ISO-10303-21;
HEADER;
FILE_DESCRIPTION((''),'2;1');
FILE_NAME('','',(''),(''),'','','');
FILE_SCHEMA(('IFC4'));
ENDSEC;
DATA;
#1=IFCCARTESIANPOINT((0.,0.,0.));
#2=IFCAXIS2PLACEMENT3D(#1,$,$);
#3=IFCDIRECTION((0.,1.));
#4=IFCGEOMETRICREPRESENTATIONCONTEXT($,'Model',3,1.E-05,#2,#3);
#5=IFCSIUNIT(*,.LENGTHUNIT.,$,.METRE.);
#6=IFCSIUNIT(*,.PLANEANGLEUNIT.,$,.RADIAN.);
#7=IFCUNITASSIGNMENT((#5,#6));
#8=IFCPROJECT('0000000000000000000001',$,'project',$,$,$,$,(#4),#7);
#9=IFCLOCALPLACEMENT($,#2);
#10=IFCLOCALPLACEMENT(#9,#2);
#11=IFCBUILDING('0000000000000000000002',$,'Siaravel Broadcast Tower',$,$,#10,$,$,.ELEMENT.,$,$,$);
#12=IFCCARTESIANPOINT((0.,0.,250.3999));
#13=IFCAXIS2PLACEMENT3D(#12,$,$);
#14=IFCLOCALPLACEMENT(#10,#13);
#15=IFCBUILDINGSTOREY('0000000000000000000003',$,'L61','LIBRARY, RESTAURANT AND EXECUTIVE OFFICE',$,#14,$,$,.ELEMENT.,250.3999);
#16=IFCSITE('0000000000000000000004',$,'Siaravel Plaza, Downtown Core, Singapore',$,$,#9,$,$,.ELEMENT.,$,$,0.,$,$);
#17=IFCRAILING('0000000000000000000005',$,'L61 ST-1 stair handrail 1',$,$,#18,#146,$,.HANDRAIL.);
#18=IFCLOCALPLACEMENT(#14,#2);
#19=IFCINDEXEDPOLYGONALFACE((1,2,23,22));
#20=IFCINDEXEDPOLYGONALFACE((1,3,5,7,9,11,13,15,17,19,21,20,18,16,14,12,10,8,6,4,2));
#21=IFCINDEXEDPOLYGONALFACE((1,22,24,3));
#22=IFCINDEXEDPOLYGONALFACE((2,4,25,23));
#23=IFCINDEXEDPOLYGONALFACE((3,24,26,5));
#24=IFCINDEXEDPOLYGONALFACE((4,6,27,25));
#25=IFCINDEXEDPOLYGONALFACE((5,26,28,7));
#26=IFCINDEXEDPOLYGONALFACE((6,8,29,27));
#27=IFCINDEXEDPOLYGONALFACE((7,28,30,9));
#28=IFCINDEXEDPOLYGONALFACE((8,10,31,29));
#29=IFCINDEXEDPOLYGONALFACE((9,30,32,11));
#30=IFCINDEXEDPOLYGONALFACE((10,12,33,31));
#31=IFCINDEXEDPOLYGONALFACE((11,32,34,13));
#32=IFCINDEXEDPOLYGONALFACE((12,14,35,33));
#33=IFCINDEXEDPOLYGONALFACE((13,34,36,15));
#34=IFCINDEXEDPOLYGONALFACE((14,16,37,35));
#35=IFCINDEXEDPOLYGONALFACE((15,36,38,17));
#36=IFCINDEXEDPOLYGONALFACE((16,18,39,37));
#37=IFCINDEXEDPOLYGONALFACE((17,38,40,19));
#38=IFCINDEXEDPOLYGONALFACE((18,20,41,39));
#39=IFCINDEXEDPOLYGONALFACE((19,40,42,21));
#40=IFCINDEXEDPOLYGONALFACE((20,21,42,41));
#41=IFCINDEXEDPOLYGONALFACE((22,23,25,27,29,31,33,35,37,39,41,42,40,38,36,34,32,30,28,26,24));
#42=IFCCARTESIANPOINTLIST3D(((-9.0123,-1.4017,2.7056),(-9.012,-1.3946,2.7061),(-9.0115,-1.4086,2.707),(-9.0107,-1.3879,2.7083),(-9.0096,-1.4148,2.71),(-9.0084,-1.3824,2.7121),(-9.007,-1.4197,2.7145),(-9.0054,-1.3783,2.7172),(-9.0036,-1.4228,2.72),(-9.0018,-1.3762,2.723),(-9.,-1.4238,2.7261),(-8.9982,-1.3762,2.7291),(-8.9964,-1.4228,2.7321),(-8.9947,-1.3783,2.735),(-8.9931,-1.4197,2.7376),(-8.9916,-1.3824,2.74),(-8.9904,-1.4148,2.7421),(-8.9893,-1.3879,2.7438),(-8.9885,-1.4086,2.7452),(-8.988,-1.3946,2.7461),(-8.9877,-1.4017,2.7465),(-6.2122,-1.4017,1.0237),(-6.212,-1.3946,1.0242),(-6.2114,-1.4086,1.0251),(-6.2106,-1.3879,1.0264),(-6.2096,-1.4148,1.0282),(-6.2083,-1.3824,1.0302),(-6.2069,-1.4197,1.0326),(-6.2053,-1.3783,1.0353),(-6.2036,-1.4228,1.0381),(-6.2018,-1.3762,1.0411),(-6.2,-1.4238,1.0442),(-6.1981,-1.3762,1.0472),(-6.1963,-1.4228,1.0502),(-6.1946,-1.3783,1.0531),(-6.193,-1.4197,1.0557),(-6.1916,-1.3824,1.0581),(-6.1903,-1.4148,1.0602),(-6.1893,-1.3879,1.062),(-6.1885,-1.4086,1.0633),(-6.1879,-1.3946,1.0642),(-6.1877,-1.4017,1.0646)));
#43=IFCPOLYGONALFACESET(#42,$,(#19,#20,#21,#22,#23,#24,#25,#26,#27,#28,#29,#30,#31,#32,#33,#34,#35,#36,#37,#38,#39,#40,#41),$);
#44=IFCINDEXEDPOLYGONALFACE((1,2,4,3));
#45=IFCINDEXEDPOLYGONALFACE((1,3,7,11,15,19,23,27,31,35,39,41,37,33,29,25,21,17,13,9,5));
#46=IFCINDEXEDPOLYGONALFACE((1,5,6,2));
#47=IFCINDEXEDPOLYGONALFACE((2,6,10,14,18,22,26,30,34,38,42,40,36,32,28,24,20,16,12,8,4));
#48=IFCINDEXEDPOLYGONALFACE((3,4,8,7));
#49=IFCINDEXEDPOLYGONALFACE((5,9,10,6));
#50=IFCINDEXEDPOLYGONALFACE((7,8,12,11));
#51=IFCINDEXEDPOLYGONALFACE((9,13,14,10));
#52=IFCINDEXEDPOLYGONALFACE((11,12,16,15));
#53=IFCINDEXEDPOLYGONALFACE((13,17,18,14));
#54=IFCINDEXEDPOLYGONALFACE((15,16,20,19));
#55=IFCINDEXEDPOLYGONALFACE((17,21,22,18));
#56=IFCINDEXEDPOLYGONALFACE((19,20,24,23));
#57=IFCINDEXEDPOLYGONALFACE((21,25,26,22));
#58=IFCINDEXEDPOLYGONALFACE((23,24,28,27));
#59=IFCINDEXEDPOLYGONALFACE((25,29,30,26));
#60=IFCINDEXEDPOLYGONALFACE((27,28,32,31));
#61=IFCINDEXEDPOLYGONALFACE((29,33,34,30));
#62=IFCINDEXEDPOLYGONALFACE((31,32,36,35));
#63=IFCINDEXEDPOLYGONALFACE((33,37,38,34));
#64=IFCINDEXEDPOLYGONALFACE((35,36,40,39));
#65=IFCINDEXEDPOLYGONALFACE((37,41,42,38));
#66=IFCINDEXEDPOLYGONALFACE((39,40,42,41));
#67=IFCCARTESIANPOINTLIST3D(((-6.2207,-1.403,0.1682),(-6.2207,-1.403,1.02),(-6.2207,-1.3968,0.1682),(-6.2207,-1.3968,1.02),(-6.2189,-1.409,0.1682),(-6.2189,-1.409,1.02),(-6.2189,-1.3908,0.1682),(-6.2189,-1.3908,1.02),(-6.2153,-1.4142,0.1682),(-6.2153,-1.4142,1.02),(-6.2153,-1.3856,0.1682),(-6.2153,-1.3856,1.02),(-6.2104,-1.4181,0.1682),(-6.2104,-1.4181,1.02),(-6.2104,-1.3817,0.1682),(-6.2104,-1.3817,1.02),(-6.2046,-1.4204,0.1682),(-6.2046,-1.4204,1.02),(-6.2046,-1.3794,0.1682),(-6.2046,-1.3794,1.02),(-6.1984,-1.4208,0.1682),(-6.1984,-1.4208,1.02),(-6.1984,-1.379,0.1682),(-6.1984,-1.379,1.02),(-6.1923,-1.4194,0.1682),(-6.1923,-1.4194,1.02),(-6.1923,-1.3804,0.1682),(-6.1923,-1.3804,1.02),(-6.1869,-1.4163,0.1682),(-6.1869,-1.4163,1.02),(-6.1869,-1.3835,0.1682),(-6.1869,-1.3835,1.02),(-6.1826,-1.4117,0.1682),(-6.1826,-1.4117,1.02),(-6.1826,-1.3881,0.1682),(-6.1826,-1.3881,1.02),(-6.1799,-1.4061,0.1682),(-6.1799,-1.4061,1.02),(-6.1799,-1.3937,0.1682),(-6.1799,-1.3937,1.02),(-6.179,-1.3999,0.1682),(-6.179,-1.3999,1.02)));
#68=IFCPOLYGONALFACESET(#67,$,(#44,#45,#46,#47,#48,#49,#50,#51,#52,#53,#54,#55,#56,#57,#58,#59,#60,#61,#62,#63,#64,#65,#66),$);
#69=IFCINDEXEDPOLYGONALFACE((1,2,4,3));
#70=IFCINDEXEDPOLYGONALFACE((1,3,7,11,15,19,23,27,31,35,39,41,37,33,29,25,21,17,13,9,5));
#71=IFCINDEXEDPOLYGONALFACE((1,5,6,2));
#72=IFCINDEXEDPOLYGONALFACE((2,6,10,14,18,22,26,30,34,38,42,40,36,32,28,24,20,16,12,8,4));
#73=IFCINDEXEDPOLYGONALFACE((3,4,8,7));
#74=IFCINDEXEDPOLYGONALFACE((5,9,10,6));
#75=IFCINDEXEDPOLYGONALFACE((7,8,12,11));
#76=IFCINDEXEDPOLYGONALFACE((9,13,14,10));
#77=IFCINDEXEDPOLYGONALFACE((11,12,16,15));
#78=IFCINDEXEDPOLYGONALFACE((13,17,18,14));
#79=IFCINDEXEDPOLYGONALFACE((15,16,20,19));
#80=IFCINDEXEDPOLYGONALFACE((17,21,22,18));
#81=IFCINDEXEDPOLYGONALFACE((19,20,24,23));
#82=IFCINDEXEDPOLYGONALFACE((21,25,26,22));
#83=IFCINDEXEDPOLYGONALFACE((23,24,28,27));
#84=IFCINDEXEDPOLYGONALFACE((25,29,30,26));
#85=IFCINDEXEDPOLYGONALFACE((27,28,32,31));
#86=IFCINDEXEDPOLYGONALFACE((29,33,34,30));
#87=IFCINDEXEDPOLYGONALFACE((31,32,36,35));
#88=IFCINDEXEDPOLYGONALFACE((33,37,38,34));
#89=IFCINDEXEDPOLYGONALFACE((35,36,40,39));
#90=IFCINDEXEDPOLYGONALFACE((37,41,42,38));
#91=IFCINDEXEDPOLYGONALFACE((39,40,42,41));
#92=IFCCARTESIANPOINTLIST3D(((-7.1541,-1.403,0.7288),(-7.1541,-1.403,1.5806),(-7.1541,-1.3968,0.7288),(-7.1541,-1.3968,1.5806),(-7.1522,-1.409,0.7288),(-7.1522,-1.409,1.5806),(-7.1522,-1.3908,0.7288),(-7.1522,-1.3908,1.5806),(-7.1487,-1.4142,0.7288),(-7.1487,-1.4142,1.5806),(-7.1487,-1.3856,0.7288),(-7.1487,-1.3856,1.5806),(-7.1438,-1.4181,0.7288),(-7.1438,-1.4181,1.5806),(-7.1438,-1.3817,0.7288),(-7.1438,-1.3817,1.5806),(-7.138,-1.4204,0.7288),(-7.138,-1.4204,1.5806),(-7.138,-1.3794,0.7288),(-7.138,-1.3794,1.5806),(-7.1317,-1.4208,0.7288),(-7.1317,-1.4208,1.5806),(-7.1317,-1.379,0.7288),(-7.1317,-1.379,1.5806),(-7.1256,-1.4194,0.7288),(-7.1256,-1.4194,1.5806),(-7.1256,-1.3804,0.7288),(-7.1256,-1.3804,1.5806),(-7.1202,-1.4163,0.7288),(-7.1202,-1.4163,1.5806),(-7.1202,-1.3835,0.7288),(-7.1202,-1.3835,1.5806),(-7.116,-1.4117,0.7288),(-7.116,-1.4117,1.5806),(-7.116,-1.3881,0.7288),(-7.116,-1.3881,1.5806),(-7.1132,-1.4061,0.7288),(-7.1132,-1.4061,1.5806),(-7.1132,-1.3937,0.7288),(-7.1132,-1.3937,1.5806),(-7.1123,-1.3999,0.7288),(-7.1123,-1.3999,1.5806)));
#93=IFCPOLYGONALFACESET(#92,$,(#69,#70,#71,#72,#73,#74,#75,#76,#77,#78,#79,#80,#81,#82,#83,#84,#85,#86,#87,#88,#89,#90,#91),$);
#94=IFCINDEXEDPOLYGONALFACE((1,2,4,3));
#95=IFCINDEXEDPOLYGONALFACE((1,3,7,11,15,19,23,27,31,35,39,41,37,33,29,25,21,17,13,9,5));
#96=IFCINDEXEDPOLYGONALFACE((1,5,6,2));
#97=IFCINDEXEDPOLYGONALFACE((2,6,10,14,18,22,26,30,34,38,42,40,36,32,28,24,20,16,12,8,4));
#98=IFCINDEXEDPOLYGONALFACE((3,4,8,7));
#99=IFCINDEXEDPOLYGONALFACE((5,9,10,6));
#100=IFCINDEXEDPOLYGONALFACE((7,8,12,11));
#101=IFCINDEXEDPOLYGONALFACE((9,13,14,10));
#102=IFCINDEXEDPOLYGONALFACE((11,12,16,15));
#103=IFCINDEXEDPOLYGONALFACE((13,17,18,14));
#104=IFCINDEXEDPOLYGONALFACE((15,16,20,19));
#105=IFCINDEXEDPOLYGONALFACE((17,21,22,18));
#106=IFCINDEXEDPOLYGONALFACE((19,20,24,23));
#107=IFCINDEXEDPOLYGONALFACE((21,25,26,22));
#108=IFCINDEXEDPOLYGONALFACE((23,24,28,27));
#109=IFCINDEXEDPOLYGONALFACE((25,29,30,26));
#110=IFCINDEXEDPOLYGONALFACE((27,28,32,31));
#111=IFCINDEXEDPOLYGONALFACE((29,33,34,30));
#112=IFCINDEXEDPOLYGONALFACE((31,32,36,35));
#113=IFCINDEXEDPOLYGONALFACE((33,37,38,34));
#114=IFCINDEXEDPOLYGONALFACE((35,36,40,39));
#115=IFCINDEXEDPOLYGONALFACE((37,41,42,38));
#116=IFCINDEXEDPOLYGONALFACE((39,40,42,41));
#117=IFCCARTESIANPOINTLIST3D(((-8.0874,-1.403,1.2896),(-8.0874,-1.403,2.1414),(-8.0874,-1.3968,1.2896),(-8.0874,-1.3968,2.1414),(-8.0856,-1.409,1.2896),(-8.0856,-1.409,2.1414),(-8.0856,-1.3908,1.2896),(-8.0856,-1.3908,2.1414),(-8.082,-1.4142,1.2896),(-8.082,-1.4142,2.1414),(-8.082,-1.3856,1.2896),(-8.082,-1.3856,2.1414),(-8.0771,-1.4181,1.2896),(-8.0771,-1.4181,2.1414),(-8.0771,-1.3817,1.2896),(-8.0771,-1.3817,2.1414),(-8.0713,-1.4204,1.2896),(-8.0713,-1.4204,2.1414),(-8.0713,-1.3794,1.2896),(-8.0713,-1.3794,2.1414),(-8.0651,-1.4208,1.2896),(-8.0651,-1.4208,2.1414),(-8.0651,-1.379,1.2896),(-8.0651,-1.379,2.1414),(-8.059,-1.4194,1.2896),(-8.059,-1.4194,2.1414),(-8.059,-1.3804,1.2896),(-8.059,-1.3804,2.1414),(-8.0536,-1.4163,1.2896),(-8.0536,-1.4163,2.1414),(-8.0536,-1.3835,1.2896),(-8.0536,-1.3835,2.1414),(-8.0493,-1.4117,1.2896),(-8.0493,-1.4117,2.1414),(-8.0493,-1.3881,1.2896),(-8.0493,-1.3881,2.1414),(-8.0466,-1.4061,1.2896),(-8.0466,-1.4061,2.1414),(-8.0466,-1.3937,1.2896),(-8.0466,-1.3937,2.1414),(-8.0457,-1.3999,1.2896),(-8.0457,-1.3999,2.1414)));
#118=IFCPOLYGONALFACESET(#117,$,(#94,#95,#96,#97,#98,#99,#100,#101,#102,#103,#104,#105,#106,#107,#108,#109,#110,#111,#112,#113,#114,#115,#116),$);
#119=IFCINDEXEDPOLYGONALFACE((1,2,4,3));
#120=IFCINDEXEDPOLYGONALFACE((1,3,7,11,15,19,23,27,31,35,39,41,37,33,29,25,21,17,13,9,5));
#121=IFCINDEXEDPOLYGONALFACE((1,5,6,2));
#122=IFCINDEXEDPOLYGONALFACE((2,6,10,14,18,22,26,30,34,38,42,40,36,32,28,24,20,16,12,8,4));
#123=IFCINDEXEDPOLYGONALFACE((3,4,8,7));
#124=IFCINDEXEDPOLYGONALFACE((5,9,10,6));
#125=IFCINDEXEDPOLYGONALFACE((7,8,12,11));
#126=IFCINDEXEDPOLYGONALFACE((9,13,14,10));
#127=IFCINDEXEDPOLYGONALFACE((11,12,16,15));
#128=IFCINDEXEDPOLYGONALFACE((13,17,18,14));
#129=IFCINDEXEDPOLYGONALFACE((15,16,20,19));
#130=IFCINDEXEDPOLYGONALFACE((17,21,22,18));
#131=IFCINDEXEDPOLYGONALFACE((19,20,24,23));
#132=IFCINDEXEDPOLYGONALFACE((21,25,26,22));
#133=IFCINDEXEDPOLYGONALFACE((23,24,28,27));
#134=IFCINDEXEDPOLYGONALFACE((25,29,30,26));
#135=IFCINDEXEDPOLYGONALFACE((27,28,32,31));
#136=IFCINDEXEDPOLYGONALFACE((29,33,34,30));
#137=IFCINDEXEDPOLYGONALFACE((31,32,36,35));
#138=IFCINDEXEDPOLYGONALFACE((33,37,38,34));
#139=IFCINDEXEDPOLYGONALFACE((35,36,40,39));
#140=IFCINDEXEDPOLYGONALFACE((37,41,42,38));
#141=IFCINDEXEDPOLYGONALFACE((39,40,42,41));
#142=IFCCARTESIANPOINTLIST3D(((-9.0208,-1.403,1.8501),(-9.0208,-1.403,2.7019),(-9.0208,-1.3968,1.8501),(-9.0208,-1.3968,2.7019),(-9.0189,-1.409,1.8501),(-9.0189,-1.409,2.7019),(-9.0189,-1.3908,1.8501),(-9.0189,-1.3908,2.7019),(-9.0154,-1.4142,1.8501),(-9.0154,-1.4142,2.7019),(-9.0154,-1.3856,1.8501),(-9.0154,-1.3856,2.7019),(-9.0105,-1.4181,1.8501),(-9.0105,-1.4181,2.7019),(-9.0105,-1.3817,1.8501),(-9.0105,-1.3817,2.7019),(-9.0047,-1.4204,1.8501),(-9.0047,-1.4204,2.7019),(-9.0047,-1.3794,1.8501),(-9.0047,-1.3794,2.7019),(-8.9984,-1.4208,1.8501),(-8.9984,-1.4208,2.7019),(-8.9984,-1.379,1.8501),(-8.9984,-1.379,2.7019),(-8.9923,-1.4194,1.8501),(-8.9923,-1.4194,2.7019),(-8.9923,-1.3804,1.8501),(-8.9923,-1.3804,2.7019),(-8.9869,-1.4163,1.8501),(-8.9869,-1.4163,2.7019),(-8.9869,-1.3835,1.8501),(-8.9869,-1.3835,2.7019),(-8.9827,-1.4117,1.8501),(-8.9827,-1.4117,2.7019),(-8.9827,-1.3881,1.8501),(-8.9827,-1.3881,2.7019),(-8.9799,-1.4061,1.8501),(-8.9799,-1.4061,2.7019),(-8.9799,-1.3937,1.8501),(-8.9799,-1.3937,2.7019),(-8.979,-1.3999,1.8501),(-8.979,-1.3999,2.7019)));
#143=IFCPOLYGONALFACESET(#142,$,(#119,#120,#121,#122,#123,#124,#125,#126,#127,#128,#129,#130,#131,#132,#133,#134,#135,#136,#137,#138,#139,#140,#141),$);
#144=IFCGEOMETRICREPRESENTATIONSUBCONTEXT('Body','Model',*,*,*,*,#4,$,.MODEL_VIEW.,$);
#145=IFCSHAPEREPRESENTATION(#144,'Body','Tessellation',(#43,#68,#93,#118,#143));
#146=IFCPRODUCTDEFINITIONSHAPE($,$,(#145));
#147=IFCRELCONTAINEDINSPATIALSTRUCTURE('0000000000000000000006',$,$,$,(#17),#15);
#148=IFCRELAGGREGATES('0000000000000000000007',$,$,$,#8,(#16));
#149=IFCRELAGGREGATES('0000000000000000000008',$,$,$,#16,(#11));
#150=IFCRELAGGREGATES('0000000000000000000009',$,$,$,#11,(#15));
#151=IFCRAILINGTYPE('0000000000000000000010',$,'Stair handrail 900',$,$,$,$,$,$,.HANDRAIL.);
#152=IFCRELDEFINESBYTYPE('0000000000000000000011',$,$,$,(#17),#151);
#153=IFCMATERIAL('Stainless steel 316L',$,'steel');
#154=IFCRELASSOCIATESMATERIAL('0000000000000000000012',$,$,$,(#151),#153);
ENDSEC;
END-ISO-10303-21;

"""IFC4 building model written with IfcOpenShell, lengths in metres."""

from ifc_helpers import new_model, si_unit, direction, frame, origin, origin_2d, place, context, subcontext, project, spatial, circle, extrude, material, type_object, element, save


model = new_model("IFC4")

# Units and contexts
model_context = context("Model", 3, precision=1e-05, world=origin(), true_north=direction((0.0, 1.0)))
body_context = subcontext(model_context, "Body", "Model", "MODEL_VIEW")
ifc_project = project(units=[si_unit("LENGTHUNIT", "METRE"), si_unit("PLANEANGLEUNIT", "RADIAN")], contexts=[model_context])

# Site, building, storey
site_placement = place(None, origin())
site = spatial("IfcSite", under=ifc_project, at=site_placement, Name="Siaravel Plaza, Downtown Core, Singapore", CompositionType="ELEMENT", RefElevation=0.0)
building_placement = place(site_placement, origin())
building = spatial("IfcBuilding", under=site, at=building_placement, Name="Siaravel Broadcast Tower", CompositionType="ELEMENT")
storey_placement = place(building_placement, frame((0.0, 0.0, 250.3999)))
storey = spatial("IfcBuildingStorey", under=building, at=storey_placement, Name="L61", Description="LIBRARY, RESTAURANT AND EXECUTIVE OFFICE", CompositionType="ELEMENT", Elevation=250.3999)

# Shared definitions
ifc_material_1 = material(Name="Stainless steel 316L", Category="steel")

# Railing
railing_type_1 = type_object("IfcRailingType", Name="Stair handrail 900", PredefinedType="HANDRAIL", material=ifc_material_1)
railing_1_placement = place(storey_placement, frame((-6.2, -1.3999, 0.1682)))
element("IfcRailing", 1, at=railing_1_placement, inside=storey, type_object=railing_type_1, Name="L61 ST-1 stair handrail 1", PredefinedType="HANDRAIL", context=body_context, shape_type="SweptSolid", body=[
    extrude(circle(Radius=0.0239, at=origin_2d()), frame((0.0, 0.0, 0.876), z_axis=(-0.857242, 0.0, 0.514913), x_axis=(0.0, -1.0, 0.0)), (0.0, 0.0, 1.0), 3.2664),
    extrude(circle(Radius=0.021, at=origin_2d()), origin(), (0.0, 0.0, 1.0), 0.8518),
    extrude(circle(Radius=0.021, at=origin_2d()), frame((-0.9333, 0.0, 0.5605)), (0.0, 0.0, 1.0), 0.8518),
    extrude(circle(Radius=0.021, at=origin_2d()), frame((-1.8667, 0.0, 1.1213)), (0.0, 0.0, 1.0), 0.8518),
    extrude(circle(Radius=0.021, at=origin_2d()), frame((-2.8, 0.0, 1.6819)), (0.0, 0.0, 1.0), 0.8518),
])

save(model, "model.ifc")
